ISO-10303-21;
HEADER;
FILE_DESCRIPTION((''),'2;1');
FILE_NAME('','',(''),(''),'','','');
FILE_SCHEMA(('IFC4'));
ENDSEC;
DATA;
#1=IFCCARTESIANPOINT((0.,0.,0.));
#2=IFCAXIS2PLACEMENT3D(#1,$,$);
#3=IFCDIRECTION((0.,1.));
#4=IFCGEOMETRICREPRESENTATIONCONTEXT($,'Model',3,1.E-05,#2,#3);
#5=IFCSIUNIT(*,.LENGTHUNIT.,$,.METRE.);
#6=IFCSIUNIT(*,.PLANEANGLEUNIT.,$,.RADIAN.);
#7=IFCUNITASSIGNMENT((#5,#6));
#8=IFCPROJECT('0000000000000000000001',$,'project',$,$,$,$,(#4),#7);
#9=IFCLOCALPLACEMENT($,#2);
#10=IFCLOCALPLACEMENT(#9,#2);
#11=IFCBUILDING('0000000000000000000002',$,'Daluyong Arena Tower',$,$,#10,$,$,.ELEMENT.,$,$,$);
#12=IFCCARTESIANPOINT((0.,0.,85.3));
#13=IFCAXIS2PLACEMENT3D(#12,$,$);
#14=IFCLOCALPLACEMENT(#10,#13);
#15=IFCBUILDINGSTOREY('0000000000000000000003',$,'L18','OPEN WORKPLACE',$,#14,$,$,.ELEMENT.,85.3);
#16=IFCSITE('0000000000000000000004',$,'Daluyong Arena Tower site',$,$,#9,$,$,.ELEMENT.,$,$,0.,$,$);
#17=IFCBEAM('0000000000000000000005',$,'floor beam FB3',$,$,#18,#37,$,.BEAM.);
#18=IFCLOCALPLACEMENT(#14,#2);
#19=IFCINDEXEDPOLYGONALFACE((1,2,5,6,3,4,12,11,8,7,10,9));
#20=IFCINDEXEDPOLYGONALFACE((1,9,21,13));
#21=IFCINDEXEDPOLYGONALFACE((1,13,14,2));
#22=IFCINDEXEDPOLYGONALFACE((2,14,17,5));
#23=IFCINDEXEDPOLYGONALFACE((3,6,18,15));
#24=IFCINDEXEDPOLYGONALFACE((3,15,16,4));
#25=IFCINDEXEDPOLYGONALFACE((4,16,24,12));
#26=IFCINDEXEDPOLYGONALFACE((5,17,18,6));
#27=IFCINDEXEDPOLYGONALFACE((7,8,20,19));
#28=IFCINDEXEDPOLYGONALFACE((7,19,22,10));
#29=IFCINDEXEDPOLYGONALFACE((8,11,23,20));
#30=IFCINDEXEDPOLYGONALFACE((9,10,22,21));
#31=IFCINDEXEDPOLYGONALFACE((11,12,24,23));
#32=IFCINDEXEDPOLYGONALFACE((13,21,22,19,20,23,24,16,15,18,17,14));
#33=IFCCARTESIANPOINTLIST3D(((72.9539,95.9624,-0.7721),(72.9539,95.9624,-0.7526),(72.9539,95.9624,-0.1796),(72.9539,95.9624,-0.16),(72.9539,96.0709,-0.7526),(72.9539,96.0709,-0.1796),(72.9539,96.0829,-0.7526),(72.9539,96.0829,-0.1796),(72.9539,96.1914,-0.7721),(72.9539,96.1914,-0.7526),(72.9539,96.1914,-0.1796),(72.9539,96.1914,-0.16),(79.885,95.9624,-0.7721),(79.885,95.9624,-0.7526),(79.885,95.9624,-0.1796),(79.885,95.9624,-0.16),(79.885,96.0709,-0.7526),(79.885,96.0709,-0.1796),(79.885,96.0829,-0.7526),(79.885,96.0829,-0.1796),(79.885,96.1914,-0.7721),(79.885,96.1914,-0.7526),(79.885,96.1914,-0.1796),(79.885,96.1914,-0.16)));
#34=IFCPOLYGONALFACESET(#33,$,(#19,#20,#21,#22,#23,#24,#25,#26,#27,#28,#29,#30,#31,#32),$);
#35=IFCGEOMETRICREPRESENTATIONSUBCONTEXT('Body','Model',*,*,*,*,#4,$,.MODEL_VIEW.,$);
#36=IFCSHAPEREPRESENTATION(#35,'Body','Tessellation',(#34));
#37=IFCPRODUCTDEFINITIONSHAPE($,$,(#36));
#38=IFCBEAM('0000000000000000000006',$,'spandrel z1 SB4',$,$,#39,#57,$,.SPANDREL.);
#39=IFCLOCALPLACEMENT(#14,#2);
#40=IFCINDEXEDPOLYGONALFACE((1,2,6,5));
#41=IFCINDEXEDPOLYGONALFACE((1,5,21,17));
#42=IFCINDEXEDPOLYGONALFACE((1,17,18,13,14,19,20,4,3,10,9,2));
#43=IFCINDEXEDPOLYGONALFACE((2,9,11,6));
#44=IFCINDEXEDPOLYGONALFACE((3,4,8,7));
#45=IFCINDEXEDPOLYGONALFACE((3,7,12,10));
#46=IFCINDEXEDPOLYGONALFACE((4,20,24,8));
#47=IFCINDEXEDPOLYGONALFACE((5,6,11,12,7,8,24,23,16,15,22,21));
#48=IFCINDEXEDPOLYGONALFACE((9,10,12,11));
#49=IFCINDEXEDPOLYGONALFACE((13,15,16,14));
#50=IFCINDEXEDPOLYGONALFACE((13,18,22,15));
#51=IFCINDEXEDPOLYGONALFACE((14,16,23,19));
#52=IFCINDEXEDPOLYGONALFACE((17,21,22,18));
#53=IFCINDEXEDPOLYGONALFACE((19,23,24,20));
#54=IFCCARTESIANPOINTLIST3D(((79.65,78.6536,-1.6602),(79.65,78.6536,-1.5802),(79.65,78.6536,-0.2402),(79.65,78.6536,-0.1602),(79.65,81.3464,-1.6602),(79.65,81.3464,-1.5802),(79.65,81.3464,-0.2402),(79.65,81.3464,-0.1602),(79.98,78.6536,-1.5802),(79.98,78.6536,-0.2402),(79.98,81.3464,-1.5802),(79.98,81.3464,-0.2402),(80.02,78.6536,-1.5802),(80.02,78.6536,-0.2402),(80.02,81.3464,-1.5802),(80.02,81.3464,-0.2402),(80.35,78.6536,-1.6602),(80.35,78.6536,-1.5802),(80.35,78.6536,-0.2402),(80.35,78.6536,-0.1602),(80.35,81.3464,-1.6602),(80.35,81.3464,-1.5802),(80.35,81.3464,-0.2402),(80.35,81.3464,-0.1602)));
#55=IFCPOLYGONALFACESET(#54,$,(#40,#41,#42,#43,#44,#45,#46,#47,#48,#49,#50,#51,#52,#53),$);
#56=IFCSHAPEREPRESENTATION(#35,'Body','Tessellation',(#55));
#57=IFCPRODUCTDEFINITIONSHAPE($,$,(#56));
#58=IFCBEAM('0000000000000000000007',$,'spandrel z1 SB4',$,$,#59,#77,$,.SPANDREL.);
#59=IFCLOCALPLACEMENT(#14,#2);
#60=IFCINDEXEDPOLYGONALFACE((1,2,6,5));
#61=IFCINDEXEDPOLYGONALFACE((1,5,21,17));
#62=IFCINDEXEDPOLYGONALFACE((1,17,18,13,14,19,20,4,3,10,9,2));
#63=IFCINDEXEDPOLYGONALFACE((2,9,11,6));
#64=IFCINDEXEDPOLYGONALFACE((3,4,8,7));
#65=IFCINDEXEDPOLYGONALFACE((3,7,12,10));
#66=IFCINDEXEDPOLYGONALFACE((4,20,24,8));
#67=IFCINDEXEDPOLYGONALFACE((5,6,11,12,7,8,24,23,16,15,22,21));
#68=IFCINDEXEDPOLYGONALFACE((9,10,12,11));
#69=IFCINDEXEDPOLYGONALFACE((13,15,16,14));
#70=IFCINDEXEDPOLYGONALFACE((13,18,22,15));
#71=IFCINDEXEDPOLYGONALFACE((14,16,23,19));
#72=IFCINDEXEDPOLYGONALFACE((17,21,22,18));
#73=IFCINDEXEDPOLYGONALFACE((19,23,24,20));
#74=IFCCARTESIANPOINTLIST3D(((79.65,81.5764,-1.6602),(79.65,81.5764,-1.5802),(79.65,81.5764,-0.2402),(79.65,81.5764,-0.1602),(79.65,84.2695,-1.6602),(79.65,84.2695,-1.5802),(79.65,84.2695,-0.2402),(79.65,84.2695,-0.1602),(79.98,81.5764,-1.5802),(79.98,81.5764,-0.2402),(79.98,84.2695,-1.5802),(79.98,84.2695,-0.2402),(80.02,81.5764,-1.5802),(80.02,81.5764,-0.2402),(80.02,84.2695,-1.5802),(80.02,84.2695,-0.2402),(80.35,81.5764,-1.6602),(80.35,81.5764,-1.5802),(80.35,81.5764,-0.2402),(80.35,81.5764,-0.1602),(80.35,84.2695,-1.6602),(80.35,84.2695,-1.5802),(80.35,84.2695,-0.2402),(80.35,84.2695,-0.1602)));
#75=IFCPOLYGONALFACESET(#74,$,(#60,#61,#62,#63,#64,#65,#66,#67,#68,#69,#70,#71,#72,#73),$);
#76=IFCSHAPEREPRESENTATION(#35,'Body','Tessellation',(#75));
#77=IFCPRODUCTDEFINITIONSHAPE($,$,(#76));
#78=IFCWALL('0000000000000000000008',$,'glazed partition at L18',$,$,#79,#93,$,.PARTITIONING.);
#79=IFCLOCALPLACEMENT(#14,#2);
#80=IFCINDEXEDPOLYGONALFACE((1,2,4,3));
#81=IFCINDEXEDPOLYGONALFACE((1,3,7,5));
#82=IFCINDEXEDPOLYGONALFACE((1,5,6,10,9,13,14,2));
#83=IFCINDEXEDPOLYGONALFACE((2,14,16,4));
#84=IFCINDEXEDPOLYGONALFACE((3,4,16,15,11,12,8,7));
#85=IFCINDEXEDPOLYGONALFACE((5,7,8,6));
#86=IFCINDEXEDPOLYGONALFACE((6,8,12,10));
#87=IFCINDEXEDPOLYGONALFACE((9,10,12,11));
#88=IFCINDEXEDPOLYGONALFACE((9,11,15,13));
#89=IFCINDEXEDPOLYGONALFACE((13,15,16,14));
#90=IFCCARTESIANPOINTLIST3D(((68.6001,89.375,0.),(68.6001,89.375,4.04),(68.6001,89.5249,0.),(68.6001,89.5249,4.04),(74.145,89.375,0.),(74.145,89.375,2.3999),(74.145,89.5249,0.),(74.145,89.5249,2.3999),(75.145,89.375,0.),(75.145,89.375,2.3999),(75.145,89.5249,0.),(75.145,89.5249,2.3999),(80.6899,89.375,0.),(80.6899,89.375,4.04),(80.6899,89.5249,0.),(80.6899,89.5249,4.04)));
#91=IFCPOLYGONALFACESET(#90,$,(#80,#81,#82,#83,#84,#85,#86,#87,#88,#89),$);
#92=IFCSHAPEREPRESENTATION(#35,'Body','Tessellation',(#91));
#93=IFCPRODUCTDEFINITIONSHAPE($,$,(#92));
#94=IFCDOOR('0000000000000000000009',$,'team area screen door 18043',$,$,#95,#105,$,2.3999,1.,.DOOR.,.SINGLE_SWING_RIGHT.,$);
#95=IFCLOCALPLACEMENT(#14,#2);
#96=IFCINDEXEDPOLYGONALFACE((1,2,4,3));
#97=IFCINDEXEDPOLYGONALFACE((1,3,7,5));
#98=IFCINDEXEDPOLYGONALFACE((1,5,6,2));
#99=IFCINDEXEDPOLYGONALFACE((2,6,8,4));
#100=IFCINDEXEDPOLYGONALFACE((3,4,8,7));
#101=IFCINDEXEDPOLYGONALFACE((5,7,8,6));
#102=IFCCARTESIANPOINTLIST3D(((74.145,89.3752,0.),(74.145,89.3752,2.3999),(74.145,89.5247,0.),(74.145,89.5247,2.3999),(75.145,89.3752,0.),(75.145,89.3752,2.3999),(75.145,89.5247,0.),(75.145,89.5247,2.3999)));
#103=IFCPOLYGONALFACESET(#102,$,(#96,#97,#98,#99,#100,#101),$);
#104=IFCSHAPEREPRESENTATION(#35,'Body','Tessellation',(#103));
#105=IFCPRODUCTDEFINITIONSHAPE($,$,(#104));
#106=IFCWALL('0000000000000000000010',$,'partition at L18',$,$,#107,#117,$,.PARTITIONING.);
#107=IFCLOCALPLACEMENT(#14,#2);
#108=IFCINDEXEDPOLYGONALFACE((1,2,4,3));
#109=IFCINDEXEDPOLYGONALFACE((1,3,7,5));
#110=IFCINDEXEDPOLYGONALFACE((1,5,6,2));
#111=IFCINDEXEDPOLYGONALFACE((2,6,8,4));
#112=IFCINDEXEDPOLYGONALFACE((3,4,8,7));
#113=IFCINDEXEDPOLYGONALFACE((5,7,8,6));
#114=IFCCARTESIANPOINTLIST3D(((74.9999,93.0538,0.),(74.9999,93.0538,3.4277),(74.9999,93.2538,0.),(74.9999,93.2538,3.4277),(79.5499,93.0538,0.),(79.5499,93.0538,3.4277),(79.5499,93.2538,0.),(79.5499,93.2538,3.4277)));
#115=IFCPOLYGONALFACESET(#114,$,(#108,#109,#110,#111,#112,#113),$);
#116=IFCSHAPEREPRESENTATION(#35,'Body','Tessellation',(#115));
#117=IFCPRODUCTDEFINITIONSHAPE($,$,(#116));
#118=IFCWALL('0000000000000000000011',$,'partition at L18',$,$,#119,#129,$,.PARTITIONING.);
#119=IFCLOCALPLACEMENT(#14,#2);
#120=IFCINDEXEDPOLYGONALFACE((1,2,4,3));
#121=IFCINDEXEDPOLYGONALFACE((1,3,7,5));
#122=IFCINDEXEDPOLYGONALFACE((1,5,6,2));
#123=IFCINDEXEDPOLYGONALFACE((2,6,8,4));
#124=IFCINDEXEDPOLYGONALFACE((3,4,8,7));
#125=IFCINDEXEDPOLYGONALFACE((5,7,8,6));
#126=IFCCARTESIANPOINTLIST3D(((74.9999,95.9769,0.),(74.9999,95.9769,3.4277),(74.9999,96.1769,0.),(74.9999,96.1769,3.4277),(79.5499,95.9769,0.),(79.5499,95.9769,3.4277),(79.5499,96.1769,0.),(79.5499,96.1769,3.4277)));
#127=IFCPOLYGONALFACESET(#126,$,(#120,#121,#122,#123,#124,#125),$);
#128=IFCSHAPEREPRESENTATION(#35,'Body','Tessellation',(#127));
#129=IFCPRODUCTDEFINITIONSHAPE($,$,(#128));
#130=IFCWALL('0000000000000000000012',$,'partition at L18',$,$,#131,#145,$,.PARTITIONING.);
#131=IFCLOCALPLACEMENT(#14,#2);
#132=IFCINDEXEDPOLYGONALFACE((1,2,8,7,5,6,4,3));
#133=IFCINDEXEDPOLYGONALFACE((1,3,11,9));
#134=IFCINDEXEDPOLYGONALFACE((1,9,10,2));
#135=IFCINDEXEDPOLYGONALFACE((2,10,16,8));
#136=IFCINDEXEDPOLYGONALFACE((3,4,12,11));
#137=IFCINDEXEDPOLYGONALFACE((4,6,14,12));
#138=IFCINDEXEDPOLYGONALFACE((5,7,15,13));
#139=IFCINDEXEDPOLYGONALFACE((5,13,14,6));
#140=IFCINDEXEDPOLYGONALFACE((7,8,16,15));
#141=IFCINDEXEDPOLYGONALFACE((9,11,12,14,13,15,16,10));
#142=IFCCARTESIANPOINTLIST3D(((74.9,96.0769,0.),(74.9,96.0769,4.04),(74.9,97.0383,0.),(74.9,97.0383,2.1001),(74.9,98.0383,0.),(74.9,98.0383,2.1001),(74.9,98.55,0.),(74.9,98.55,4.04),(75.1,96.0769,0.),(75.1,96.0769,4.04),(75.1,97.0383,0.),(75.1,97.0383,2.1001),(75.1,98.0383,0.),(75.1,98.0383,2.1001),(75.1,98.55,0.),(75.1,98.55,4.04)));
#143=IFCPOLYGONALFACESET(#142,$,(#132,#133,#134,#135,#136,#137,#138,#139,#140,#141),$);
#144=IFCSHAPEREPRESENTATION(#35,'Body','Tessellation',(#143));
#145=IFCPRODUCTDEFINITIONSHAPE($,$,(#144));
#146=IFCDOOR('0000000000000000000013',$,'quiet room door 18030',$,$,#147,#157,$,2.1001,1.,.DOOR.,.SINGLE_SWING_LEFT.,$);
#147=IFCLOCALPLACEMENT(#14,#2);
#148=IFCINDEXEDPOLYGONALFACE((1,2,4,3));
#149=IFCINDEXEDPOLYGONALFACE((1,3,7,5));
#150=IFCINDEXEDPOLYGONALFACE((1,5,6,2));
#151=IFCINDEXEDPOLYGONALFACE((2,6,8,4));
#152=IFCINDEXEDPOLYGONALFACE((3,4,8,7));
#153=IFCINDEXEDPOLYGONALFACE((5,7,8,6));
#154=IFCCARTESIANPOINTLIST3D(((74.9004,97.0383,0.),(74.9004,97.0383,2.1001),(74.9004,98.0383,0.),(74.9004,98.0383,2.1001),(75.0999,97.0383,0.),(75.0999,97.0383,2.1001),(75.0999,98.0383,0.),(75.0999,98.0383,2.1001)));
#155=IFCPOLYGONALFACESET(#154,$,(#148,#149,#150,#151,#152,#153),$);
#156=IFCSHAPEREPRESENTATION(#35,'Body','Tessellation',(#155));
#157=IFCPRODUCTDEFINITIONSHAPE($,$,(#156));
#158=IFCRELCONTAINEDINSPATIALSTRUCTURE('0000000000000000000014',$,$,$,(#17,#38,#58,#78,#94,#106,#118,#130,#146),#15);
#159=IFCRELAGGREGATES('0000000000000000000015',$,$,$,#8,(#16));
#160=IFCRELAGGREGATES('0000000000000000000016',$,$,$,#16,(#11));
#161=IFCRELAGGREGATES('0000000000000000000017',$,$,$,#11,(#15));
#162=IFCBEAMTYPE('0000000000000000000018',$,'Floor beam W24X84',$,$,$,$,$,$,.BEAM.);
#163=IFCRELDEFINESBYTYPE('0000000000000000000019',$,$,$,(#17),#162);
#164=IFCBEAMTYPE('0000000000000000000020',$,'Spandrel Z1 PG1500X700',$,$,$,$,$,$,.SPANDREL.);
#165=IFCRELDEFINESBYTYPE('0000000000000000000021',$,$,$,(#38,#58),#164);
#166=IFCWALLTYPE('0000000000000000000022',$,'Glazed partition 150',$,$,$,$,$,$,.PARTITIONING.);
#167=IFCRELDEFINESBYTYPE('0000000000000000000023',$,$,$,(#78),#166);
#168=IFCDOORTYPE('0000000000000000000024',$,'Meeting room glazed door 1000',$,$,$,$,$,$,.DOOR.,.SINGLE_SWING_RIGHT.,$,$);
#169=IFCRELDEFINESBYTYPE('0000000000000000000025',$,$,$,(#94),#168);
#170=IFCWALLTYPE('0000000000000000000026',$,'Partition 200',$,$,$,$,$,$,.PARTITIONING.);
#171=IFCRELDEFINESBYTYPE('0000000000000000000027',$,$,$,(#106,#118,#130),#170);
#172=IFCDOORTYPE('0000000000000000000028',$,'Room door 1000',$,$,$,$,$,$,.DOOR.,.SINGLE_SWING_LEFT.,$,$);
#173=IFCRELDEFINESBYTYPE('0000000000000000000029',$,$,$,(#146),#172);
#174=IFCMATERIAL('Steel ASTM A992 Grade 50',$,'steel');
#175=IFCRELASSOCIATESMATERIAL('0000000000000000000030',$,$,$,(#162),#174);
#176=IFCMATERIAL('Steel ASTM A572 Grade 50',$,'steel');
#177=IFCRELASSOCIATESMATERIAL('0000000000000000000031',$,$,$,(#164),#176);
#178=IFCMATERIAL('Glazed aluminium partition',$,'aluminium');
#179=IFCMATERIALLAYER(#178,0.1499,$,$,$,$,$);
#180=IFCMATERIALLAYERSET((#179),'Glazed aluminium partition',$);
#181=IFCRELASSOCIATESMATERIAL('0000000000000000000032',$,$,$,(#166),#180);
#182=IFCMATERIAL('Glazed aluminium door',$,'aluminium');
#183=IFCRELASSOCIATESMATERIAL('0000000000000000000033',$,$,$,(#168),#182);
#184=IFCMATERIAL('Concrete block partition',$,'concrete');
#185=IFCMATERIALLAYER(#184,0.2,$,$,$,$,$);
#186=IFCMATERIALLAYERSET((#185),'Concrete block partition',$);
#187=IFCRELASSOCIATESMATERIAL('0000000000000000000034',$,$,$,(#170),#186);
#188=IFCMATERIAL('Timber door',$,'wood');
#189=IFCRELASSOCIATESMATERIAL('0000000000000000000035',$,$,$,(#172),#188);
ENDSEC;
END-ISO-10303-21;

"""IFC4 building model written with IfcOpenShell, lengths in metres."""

from ifc_helpers import new_model, si_unit, direction, frame, frame_2d, origin, origin_2d, place, context, subcontext, project, spatial, rectangle, i_section, extrude, material, layer, layer_set, material_profile, profile_set, type_object, element, fill, save


model = new_model("IFC4")

# Units and contexts
model_context = context("Model", 3, precision=1e-05, world=origin(), true_north=direction((0.0, 1.0)))
body_context = subcontext(model_context, "Body", "Model", "MODEL_VIEW")
ifc_project = project(units=[si_unit("LENGTHUNIT", "METRE"), si_unit("PLANEANGLEUNIT", "RADIAN")], contexts=[model_context])

# Site, building, storey
site_placement = place(None, origin())
site = spatial("IfcSite", under=ifc_project, at=site_placement, Name="Daluyong Arena Tower site", CompositionType="ELEMENT", RefElevation=0.0)
building_placement = place(site_placement, origin())
building = spatial("IfcBuilding", under=site, at=building_placement, Name="Daluyong Arena Tower", CompositionType="ELEMENT")
storey_placement = place(building_placement, frame((0.0, 0.0, 85.3)))
storey = spatial("IfcBuildingStorey", under=building, at=storey_placement, Name="L18", Description="OPEN WORKPLACE", CompositionType="ELEMENT", Elevation=85.3)

# Beams
ifc_material_1 = material(Name="Steel ASTM A992 Grade 50", Category="steel")
ifc_material_profile_1 = material_profile(ifc_material_1, i_section(OverallWidth=0.229, OverallDepth=0.6121, WebThickness=0.012, FlangeThickness=0.0195, at=origin_2d()))
ifc_profile_set_1 = profile_set([ifc_material_profile_1], Name="Steel ASTM A992 Grade 50")
beam_type_1 = type_object("IfcBeamType", Name="Floor beam W24X84", PredefinedType="BEAM", material=ifc_profile_set_1)
beam_1_placement = place(storey_placement, frame((79.885, 96.0769, -0.4661), z_axis=(-1.0, 0.0, 0.0), x_axis=(0.0, -1.0, 0.0)))
element("IfcBeam", 1, at=beam_1_placement, inside=storey, type_object=beam_type_1, Name="floor beam FB3", PredefinedType="BEAM", context=body_context, shape_type="SweptSolid", body=[
    extrude(i_section(OverallWidth=0.229, OverallDepth=0.6121, WebThickness=0.012, FlangeThickness=0.0195, at=origin_2d()), origin(), (0.0, 0.0, 1.0), 6.9312),
])
ifc_material_2 = material(Name="Steel ASTM A572 Grade 50", Category="steel")
ifc_material_profile_2 = material_profile(ifc_material_2, i_section(OverallWidth=0.7, OverallDepth=1.5, WebThickness=0.04, FlangeThickness=0.08, at=origin_2d()))
ifc_profile_set_2 = profile_set([ifc_material_profile_2], Name="Steel ASTM A572 Grade 50")
beam_type_2 = type_object("IfcBeamType", Name="Spandrel Z1 PG1500X700", PredefinedType="SPANDREL", material=ifc_profile_set_2)
beam_2_placement = place(storey_placement, frame((80.0, 78.6536, -0.9102), z_axis=(0.0, 1.0, 0.0), x_axis=(-1.0, 0.0, 0.0)))
element("IfcBeam", 2, at=beam_2_placement, inside=storey, type_object=beam_type_2, Name="spandrel z1 SB4", PredefinedType="SPANDREL", context=body_context, shape_type="SweptSolid", body=[
    extrude(i_section(OverallWidth=0.7, OverallDepth=1.5, WebThickness=0.04, FlangeThickness=0.08, at=origin_2d()), origin(), (0.0, 0.0, 1.0), 2.6929),
])
beam_3_placement = place(storey_placement, frame((80.0, 81.5764, -0.9102), z_axis=(0.0, 1.0, 0.0), x_axis=(-1.0, 0.0, 0.0)))
element("IfcBeam", 3, at=beam_3_placement, inside=storey, type_object=beam_type_2, Name="spandrel z1 SB4", PredefinedType="SPANDREL", context=body_context, shape_type="SweptSolid", body=[
    extrude(i_section(OverallWidth=0.7, OverallDepth=1.5, WebThickness=0.04, FlangeThickness=0.08, at=origin_2d()), origin(), (0.0, 0.0, 1.0), 2.6931),
])

# Wall, opening, door
ifc_material_3 = material(Name="Glazed aluminium partition", Category="aluminium")
ifc_layer_1 = layer(ifc_material_3, 0.1499)
ifc_layer_set_1 = layer_set([ifc_layer_1], Name="Glazed aluminium partition")
wall_type_1 = type_object("IfcWallType", Name="Glazed partition 150", PredefinedType="PARTITIONING", material=ifc_layer_set_1)
wall_1_placement = place(storey_placement, frame((68.6001, 89.45, 0.0), z_axis=(0.0, 0.0, 1.0), x_axis=(1.0, 0.0, 0.0)))
wall_1 = element("IfcWall", 4, at=wall_1_placement, inside=storey, type_object=wall_type_1, Name="glazed partition at L18", PredefinedType="PARTITIONING", context=body_context, shape_type="SweptSolid", body=[
    extrude(rectangle(XDim=12.0898, YDim=0.1499, at=frame_2d((6.0449, 0.0))), origin(), (0.0, 0.0, 1.0), 4.04),
])
opening_1_placement = place(wall_1_placement, frame((5.5449, 0.0, 0.0)))
opening_1 = element("IfcOpeningElement", 5, at=opening_1_placement, cuts=wall_1, PredefinedType="OPENING", context=body_context, shape_type="SweptSolid", body=[
    extrude(rectangle(XDim=1.0, YDim=2.3999, at=frame_2d((0.5, 1.2))), frame((0.0, 0.085, 0.0), z_axis=(0.0, -1.0, 0.0), x_axis=(1.0, 0.0, 0.0)), (0.0, 0.0, 1.0), 0.1699),
])
ifc_material_4 = material(Name="Glazed aluminium door", Category="aluminium")
door_type_1 = type_object("IfcDoorType", Name="Meeting room glazed door 1000", OperationType="SINGLE_SWING_RIGHT", PredefinedType="DOOR", material=ifc_material_4)
door_1_placement = place(opening_1_placement, origin())
door_1 = element("IfcDoor", 6, at=door_1_placement, inside=storey, type_object=door_type_1, Name="team area screen door 18043", OperationType="SINGLE_SWING_RIGHT", OverallHeight=2.3999, OverallWidth=1.0, PredefinedType="DOOR", context=body_context, shape_type="SweptSolid", body=[
    extrude(rectangle(XDim=1.0, YDim=2.3999, at=frame_2d((0.5, 1.2))), frame((0.0, 0.0747, 0.0), z_axis=(0.0, -1.0, 0.0), x_axis=(1.0, 0.0, 0.0)), (0.0, 0.0, 1.0), 0.1494),
])
fill(opening_1, door_1)

# Walls
ifc_material_5 = material(Name="Concrete block partition", Category="concrete")
ifc_layer_2 = layer(ifc_material_5, 0.2)
ifc_layer_set_2 = layer_set([ifc_layer_2], Name="Concrete block partition")
wall_type_2 = type_object("IfcWallType", Name="Partition 200", PredefinedType="PARTITIONING", material=ifc_layer_set_2)
for number, where, z_axis, x_axis, name in (
    (7, (75.0, 93.1538, 0.0), (0.0, 0.0, 1.0), (1.0, 0.0, 0.0), "partition at L18"),
    (8, (75.0, 96.0769, 0.0), (0.0, 0.0, 1.0), (1.0, 0.0, 0.0), "partition at L18"),
):
    element("IfcWall", number, at=place(storey_placement, frame(where, z_axis=z_axis, x_axis=x_axis)), inside=storey, type_object=wall_type_2, Name=name, PredefinedType="PARTITIONING", context=body_context, shape_type="SweptSolid", body=[
        extrude(rectangle(XDim=4.55, YDim=0.2, at=frame_2d((2.2749, 0.0))), origin(), (0.0, 0.0, 1.0), 3.4277),
    ])

# Wall, opening, door
wall_2_placement = place(storey_placement, frame((75.0, 96.0769, 0.0), z_axis=(0.0, 0.0, 1.0), x_axis=(0.0, 1.0, 0.0)))
wall_2 = element("IfcWall", 9, at=wall_2_placement, inside=storey, type_object=wall_type_2, Name="partition at L18", PredefinedType="PARTITIONING", context=body_context, shape_type="SweptSolid", body=[
    extrude(rectangle(XDim=2.4731, YDim=0.2, at=frame_2d((1.2366, 0.0))), origin(), (0.0, 0.0, 1.0), 4.04),
])
opening_2_placement = place(wall_2_placement, frame((0.9614, 0.0, 0.0)))
opening_2 = element("IfcOpeningElement", 10, at=opening_2_placement, cuts=wall_2, PredefinedType="OPENING", context=body_context, shape_type="SweptSolid", body=[
    extrude(rectangle(XDim=1.0, YDim=2.1001, at=frame_2d((0.5, 1.05))), frame((0.0, 0.1099, 0.0), z_axis=(0.0, -1.0, 0.0), x_axis=(1.0, 0.0, 0.0)), (0.0, 0.0, 1.0), 0.22),
])
ifc_material_6 = material(Name="Timber door", Category="wood")
door_type_2 = type_object("IfcDoorType", Name="Room door 1000", OperationType="SINGLE_SWING_LEFT", PredefinedType="DOOR", material=ifc_material_6)
door_2_placement = place(opening_2_placement, origin())
door_2 = element("IfcDoor", 11, at=door_2_placement, inside=storey, type_object=door_type_2, Name="quiet room door 18030", OperationType="SINGLE_SWING_LEFT", OverallHeight=2.1001, OverallWidth=1.0, PredefinedType="DOOR", context=body_context, shape_type="SweptSolid", body=[
    extrude(rectangle(XDim=1.0, YDim=2.1001, at=frame_2d((0.5, 1.05))), frame((0.0, 0.0996, 0.0), z_axis=(0.0, -1.0, 0.0), x_axis=(1.0, 0.0, 0.0)), (0.0, 0.0, 1.0), 0.1995),
])
fill(opening_2, door_2)

save(model, "model.ifc")
